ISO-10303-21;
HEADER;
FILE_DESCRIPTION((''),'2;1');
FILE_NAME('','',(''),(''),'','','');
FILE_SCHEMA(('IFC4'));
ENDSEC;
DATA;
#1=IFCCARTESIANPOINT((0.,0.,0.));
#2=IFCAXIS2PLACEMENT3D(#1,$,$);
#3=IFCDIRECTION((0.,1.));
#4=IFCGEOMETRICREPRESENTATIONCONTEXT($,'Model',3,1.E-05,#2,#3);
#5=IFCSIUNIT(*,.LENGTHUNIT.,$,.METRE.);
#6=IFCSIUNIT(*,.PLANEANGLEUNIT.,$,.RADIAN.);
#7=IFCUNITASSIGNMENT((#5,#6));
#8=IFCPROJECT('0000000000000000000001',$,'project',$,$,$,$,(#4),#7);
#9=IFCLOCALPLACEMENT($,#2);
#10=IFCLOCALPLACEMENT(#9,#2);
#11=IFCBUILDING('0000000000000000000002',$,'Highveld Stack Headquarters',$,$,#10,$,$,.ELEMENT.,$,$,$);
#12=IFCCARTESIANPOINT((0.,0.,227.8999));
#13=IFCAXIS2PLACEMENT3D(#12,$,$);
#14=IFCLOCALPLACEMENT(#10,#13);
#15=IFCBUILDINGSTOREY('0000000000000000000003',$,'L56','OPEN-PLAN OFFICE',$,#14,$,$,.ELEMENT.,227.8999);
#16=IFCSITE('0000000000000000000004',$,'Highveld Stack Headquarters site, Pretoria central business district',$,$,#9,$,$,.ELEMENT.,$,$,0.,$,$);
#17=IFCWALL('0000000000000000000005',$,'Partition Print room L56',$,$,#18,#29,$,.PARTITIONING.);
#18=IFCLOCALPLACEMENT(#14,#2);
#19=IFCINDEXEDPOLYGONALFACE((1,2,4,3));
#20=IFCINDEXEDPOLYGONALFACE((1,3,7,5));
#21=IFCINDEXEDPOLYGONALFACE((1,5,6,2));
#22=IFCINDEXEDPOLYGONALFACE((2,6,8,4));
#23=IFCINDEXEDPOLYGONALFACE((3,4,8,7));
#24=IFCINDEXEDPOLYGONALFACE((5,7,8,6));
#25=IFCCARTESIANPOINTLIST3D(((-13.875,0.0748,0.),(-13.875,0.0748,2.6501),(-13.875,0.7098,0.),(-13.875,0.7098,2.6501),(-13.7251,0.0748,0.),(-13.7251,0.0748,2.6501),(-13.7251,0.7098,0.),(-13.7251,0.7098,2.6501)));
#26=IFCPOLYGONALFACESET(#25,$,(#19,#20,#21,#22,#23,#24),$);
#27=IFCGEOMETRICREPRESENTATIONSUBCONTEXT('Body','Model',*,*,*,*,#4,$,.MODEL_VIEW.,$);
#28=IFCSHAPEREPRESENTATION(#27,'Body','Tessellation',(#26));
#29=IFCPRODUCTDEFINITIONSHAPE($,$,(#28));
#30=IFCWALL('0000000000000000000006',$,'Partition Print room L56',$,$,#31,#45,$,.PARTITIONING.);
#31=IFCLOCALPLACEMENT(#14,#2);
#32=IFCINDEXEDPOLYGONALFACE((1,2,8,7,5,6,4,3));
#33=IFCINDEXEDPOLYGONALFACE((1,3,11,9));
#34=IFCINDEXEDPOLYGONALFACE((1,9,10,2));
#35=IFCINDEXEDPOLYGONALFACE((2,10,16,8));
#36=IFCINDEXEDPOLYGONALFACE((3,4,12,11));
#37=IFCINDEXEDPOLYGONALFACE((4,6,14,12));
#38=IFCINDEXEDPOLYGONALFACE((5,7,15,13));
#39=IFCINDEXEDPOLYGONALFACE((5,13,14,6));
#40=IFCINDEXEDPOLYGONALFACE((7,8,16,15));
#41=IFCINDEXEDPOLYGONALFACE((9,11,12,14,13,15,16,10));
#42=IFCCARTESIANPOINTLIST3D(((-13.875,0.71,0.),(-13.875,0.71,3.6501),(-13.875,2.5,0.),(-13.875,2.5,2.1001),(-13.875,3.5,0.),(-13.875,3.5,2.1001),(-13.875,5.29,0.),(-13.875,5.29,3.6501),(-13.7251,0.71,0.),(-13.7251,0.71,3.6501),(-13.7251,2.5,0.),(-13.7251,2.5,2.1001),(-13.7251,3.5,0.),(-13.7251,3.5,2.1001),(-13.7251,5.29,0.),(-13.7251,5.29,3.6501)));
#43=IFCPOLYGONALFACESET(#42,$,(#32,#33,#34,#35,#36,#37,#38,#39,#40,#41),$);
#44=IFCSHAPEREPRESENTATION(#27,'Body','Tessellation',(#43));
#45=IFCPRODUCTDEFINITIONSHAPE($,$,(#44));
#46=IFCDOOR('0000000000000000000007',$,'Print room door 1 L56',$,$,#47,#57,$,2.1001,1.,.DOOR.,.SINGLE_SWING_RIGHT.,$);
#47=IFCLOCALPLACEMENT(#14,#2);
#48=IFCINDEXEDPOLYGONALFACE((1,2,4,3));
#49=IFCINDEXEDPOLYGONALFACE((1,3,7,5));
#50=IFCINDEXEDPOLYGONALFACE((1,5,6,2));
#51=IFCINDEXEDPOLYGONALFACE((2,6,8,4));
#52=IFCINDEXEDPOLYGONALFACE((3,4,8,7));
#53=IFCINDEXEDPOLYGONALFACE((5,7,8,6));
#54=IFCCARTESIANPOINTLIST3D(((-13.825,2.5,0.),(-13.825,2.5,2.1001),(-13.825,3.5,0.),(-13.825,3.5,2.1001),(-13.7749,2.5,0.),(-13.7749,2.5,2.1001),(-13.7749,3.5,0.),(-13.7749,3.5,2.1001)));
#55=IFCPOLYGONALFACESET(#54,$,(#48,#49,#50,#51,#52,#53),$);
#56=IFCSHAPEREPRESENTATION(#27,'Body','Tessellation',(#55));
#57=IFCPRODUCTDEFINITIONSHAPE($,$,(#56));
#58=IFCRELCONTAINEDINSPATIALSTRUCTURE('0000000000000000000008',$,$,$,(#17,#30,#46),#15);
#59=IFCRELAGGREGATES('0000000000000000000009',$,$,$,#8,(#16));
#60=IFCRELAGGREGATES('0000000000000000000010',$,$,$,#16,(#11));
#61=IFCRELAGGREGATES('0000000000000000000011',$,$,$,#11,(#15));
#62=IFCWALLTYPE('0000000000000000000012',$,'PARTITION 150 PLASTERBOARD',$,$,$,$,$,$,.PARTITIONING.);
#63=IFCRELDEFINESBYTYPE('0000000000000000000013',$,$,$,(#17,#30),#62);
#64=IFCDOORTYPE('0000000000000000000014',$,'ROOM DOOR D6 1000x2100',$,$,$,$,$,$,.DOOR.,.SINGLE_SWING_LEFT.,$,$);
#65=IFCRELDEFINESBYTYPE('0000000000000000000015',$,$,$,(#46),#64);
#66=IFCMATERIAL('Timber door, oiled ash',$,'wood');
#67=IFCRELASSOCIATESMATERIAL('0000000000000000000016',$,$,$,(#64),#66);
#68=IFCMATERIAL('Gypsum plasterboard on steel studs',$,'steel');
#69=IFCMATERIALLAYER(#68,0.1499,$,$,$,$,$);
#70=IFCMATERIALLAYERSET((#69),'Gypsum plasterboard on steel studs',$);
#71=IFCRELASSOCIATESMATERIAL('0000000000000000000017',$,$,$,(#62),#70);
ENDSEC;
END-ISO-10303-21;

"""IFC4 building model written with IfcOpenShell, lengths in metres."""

from ifc_helpers import new_model, si_unit, direction, frame, frame_2d, origin, place, context, subcontext, project, spatial, rectangle, extrude, material, layer, layer_set, type_object, element, fill, save


model = new_model("IFC4")

# Units and contexts
model_context = context("Model", 3, precision=1e-05, world=origin(), true_north=direction((0.0, 1.0)))
body_context = subcontext(model_context, "Body", "Model", "MODEL_VIEW")
ifc_project = project(units=[si_unit("LENGTHUNIT", "METRE"), si_unit("PLANEANGLEUNIT", "RADIAN")], contexts=[model_context])

# Site, building, storey
site_placement = place(None, origin())
site = spatial("IfcSite", under=ifc_project, at=site_placement, Name="Highveld Stack Headquarters site, Pretoria central business district", CompositionType="ELEMENT", RefElevation=0.0)
building_placement = place(site_placement, origin())
building = spatial("IfcBuilding", under=site, at=building_placement, Name="Highveld Stack Headquarters", CompositionType="ELEMENT")
storey_placement = place(building_placement, frame((0.0, 0.0, 227.8999)))
storey = spatial("IfcBuildingStorey", under=building, at=storey_placement, Name="L56", Description="OPEN-PLAN OFFICE", CompositionType="ELEMENT", Elevation=227.8999)

# Shared definitions
ifc_material_1 = material(Name="Timber door, oiled ash", Category="wood")
door_type = type_object("IfcDoorType", Name="ROOM DOOR D6 1000x2100", OperationType="SINGLE_SWING_LEFT", PredefinedType="DOOR", material=ifc_material_1)

# Shared definitions
ifc_material_2 = material(Name="Gypsum plasterboard on steel studs", Category="steel")
ifc_layer_1 = layer(ifc_material_2, 0.1499)
ifc_layer_set_1 = layer_set([ifc_layer_1], Name="Gypsum plasterboard on steel studs")
wall_type_1 = type_object("IfcWallType", Name="PARTITION 150 PLASTERBOARD", PredefinedType="PARTITIONING", material=ifc_layer_set_1)

# Wall
for number, where, z_axis, x_axis, name in (
    (1, (-13.8, 0.075, 0.0), (0.0, 0.0, 1.0), (0.0, 1.0, 0.0), "Partition Print room L56"),
):
    element("IfcWall", number, at=place(storey_placement, frame(where, z_axis=z_axis, x_axis=x_axis)), inside=storey, type_object=wall_type_1, Name=name, PredefinedType="PARTITIONING", context=body_context, shape_type="SweptSolid", body=[
        extrude(rectangle(XDim=0.635, YDim=0.1499, at=frame_2d((0.3174, 0.0))), origin(), (0.0, 0.0, 1.0), 2.6501),
    ])

# Wall, opening, door
wall_1_placement = place(storey_placement, frame((-13.8, 0.71, 0.0), z_axis=(0.0, 0.0, 1.0), x_axis=(0.0, 1.0, 0.0)))
wall_1 = element("IfcWall", 2, at=wall_1_placement, inside=storey, type_object=wall_type_1, Name="Partition Print room L56", PredefinedType="PARTITIONING", context=body_context, shape_type="SweptSolid", body=[
    extrude(rectangle(XDim=4.5801, YDim=0.1499, at=frame_2d((2.29, 0.0))), origin(), (0.0, 0.0, 1.0), 3.6501),
])
opening_1_placement = place(wall_1_placement, frame((1.79, 0.0, 0.0)))
opening_1 = element("IfcOpeningElement", 3, at=opening_1_placement, cuts=wall_1, PredefinedType="OPENING", context=body_context, shape_type="SweptSolid", body=[
    extrude(rectangle(XDim=1.0, YDim=2.1001, at=frame_2d((0.5, 1.05))), frame((0.0, 0.085, 0.0), z_axis=(0.0, -1.0, 0.0), x_axis=(1.0, 0.0, 0.0)), (0.0, 0.0, 1.0), 0.1699),
])
door_1_placement = place(opening_1_placement, origin())
door_1 = element("IfcDoor", 4, at=door_1_placement, inside=storey, type_object=door_type, Name="Print room door 1 L56", OperationType="SINGLE_SWING_RIGHT", OverallHeight=2.1001, OverallWidth=1.0, PredefinedType="DOOR", context=body_context, shape_type="SweptSolid", body=[
    extrude(rectangle(XDim=1.0, YDim=2.1001, at=frame_2d((0.5, 1.05))), frame((0.0, 0.0249, 0.0), z_axis=(0.0, -1.0, 0.0), x_axis=(1.0, 0.0, 0.0)), (0.0, 0.0, 1.0), 0.05),
])
fill(opening_1, door_1)

save(model, "model.ifc")
